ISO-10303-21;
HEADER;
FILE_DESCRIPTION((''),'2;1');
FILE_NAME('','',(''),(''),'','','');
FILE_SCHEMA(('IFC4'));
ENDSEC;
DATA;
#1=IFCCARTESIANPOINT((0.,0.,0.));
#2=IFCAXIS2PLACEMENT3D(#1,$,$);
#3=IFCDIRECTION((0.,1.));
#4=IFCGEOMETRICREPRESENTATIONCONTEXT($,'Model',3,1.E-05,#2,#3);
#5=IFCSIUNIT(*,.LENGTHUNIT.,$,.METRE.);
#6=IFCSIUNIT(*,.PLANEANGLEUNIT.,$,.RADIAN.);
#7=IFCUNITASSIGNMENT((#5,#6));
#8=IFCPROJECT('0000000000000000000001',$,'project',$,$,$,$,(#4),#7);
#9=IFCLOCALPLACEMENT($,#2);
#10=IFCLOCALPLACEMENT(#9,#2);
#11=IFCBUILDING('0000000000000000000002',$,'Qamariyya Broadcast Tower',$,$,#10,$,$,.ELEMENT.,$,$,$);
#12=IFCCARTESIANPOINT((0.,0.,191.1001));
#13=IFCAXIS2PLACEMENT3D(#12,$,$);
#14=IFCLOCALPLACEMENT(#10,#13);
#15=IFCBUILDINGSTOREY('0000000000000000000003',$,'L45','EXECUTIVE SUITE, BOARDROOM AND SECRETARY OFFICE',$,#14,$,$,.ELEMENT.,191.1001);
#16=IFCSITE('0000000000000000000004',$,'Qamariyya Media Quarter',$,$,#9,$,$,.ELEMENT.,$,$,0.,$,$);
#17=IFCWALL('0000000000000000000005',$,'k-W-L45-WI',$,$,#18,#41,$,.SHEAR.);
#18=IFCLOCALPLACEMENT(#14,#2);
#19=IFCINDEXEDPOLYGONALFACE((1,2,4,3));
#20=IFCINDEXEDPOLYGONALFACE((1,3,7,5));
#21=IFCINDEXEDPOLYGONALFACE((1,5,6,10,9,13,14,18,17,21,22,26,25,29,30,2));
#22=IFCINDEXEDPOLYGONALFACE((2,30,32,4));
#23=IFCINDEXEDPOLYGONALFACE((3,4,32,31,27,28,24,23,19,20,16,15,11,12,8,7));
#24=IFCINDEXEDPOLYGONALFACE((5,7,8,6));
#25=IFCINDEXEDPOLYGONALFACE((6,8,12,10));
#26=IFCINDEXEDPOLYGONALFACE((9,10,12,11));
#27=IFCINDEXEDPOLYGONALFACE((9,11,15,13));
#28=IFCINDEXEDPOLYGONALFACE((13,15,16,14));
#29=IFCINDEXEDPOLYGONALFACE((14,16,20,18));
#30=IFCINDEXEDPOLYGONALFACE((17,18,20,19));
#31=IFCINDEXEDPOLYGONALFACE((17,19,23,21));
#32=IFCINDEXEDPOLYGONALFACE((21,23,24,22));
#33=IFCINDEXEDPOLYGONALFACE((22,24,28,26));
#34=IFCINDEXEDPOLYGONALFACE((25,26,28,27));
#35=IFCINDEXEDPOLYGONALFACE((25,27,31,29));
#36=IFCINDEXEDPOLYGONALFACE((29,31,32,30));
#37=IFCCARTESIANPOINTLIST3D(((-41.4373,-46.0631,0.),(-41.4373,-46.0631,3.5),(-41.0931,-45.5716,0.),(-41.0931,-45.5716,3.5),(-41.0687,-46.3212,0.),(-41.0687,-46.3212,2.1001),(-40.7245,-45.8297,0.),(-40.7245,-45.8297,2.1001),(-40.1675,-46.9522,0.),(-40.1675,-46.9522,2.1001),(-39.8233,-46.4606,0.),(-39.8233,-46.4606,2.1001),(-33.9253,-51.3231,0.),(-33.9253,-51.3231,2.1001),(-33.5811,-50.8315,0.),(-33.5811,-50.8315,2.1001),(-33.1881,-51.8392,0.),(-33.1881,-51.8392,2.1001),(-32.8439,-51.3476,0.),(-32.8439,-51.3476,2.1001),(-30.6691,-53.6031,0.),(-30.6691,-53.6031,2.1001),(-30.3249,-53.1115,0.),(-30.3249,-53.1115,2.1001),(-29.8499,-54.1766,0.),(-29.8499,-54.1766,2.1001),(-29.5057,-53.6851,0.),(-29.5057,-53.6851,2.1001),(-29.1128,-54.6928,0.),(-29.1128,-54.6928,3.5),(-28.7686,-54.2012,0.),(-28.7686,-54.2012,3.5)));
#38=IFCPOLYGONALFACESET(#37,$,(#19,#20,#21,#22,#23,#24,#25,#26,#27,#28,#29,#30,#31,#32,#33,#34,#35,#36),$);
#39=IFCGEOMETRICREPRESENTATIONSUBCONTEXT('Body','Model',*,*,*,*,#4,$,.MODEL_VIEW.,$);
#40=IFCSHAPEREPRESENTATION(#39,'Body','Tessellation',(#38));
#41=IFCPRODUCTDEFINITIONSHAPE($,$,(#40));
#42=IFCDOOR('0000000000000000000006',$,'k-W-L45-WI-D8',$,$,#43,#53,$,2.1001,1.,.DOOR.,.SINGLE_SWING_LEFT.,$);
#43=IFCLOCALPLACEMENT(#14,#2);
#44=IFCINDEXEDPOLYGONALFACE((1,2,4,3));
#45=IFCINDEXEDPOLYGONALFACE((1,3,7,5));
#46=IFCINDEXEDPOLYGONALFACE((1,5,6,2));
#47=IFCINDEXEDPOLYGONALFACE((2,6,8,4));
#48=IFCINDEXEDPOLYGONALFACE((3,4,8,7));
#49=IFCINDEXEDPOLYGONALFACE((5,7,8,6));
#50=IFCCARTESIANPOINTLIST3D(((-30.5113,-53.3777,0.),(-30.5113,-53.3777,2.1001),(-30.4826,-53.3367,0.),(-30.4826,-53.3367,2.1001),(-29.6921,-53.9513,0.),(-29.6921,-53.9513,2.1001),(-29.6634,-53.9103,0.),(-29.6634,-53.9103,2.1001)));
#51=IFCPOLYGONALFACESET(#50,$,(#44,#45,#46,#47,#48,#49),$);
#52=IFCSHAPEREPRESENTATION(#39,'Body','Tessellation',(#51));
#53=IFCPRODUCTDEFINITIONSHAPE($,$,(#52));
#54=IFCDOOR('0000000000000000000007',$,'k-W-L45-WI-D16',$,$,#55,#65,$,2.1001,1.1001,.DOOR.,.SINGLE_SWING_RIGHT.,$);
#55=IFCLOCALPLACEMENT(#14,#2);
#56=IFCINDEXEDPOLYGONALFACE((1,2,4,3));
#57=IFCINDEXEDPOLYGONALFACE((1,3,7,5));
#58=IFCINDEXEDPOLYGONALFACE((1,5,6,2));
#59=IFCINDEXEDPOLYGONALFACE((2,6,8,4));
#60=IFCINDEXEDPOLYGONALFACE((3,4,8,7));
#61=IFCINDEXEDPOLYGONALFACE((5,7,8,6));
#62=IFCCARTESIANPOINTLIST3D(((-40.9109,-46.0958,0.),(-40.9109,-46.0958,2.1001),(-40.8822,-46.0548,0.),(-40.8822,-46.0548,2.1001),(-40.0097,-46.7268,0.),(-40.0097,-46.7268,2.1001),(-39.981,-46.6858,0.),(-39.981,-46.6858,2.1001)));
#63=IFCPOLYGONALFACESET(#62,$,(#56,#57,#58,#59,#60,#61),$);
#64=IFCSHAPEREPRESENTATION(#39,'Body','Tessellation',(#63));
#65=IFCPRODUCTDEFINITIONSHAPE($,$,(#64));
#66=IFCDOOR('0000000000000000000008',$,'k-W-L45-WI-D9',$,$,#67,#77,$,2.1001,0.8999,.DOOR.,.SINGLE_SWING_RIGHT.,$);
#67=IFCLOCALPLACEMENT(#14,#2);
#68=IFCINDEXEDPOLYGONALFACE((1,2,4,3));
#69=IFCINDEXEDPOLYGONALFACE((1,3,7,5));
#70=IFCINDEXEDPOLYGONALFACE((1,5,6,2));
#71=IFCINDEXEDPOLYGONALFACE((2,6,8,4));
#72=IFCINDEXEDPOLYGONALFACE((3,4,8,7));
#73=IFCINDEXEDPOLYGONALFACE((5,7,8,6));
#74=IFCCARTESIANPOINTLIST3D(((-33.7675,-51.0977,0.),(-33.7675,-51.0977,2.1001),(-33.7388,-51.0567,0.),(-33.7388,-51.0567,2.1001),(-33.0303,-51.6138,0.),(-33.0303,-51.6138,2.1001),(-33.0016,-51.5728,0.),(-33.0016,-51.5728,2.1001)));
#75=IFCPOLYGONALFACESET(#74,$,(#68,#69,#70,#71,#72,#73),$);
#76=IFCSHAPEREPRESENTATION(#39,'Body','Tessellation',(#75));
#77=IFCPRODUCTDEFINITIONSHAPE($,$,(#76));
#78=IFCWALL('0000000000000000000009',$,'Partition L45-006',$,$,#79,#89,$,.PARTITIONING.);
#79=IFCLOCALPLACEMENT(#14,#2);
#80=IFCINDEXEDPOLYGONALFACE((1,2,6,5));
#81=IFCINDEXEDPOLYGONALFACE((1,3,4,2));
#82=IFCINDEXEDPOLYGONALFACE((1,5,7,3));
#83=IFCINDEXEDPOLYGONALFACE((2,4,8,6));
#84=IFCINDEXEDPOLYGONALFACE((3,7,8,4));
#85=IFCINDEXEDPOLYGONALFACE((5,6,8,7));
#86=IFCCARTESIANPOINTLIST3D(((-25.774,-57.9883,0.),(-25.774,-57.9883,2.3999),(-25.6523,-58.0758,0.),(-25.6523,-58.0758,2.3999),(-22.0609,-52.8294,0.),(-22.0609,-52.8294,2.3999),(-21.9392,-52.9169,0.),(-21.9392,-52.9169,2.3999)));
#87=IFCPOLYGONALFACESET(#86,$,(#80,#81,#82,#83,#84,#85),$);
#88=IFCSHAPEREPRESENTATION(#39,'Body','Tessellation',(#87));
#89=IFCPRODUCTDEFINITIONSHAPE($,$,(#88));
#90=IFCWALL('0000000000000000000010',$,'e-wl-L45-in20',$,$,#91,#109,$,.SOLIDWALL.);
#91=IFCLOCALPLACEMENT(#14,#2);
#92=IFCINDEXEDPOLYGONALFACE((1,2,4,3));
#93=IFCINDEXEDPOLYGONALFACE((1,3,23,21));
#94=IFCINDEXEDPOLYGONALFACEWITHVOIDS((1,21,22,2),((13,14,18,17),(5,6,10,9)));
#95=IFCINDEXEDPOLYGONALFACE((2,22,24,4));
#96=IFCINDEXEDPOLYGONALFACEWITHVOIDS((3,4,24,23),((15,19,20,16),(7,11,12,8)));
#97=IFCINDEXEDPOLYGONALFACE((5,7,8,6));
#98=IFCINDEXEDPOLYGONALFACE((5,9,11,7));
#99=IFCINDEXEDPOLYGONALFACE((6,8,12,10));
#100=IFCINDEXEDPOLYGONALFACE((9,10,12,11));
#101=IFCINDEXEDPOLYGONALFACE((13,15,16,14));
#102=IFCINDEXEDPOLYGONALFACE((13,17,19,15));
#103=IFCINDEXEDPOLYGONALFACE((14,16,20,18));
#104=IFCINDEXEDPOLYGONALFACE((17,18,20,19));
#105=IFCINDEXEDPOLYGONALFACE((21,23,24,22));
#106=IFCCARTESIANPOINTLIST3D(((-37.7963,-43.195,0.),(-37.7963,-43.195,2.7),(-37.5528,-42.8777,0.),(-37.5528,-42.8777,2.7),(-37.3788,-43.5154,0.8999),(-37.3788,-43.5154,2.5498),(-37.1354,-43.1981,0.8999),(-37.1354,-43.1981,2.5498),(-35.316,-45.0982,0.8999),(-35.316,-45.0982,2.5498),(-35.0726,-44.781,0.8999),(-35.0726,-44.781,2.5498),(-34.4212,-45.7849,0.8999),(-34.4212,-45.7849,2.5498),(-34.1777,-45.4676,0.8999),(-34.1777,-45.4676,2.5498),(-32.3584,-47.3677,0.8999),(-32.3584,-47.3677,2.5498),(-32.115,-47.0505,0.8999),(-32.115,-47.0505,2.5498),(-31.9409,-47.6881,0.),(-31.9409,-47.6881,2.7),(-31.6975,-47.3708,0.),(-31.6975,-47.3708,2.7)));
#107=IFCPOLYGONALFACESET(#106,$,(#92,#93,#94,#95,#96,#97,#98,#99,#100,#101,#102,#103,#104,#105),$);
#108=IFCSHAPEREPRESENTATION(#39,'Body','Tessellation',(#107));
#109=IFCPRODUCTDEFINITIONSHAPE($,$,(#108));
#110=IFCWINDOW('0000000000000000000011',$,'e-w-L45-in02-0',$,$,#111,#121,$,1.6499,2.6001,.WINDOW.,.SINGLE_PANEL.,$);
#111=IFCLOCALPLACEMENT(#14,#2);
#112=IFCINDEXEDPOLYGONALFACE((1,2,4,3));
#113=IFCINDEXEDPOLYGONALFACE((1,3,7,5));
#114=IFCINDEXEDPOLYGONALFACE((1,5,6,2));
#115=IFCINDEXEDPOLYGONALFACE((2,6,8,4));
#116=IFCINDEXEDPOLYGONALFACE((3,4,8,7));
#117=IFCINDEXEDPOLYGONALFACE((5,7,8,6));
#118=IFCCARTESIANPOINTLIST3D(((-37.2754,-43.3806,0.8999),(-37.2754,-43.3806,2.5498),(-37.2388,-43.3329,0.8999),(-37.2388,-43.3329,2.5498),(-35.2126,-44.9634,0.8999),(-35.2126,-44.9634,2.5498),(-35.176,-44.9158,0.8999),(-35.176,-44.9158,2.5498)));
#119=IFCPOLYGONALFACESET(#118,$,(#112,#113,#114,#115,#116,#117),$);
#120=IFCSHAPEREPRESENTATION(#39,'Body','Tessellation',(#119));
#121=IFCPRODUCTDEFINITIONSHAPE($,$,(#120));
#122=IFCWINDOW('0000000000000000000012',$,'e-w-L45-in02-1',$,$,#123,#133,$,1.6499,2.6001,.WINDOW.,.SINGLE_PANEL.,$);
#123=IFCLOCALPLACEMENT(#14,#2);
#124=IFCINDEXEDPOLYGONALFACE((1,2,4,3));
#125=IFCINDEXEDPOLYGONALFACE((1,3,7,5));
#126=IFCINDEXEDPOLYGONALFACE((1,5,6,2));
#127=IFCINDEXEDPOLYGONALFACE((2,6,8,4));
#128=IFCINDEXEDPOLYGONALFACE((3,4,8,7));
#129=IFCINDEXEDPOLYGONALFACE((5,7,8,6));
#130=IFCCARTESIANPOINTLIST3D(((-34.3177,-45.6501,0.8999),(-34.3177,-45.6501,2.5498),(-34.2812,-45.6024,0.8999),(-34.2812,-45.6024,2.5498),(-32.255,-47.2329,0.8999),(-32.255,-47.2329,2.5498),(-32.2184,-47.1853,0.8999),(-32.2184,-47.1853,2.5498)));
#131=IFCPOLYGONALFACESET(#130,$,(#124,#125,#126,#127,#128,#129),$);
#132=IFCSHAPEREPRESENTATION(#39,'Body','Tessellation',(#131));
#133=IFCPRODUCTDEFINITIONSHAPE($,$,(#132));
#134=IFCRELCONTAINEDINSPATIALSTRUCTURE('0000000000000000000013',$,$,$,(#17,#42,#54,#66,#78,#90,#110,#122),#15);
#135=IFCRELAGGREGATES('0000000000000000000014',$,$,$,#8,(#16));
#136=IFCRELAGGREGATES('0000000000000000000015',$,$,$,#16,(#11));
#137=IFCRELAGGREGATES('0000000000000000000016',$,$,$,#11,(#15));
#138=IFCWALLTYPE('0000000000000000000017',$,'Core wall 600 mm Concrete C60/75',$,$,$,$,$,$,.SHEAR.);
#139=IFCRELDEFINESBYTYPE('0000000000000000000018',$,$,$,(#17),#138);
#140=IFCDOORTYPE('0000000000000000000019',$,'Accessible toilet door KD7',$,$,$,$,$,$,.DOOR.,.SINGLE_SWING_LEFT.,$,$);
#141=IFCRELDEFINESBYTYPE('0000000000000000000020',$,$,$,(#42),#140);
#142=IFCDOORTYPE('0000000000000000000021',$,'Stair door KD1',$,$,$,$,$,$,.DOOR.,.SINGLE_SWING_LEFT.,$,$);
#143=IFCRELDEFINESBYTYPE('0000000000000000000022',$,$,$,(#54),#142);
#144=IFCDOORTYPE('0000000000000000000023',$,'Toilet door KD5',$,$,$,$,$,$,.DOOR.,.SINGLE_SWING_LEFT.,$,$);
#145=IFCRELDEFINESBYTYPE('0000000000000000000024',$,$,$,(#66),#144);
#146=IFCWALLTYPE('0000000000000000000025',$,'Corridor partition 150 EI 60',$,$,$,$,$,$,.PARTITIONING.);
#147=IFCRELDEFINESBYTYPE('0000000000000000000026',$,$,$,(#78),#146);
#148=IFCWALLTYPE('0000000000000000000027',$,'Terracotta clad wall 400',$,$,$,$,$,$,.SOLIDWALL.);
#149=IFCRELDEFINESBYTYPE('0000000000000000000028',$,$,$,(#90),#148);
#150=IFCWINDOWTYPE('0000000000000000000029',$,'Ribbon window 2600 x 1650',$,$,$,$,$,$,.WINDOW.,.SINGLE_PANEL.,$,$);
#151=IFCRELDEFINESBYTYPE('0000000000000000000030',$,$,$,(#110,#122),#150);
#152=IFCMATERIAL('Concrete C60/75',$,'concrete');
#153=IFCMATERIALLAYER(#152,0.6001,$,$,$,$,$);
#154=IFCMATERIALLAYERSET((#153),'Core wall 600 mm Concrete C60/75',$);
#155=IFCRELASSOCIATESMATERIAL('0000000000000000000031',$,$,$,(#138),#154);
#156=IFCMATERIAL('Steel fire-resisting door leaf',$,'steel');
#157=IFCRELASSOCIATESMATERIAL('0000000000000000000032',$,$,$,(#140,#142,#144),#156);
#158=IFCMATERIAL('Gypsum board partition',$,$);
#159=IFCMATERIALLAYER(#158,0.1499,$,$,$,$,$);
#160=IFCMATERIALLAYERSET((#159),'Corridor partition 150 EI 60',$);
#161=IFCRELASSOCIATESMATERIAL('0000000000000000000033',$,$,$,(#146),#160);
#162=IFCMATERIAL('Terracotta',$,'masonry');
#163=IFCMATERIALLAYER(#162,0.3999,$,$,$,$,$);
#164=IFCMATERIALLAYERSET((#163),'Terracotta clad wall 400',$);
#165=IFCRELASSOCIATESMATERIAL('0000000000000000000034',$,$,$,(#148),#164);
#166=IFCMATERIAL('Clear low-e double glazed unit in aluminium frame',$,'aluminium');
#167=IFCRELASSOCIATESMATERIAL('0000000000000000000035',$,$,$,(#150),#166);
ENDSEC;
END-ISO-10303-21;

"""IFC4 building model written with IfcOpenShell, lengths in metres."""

from ifc_helpers import new_model, si_unit, direction, frame, frame_2d, origin, place, context, subcontext, project, spatial, rectangle, extrude, material, layer, layer_set, type_object, element, fill, save


model = new_model("IFC4")

# Units and contexts
model_context = context("Model", 3, precision=1e-05, world=origin(), true_north=direction((0.0, 1.0)))
body_context = subcontext(model_context, "Body", "Model", "MODEL_VIEW")
ifc_project = project(units=[si_unit("LENGTHUNIT", "METRE"), si_unit("PLANEANGLEUNIT", "RADIAN")], contexts=[model_context])

# Site, building, storey
site_placement = place(None, origin())
site = spatial("IfcSite", under=ifc_project, at=site_placement, Name="Qamariyya Media Quarter", CompositionType="ELEMENT", RefElevation=0.0)
building_placement = place(site_placement, origin())
building = spatial("IfcBuilding", under=site, at=building_placement, Name="Qamariyya Broadcast Tower", CompositionType="ELEMENT")
storey_placement = place(building_placement, frame((0.0, 0.0, 191.1001)))
storey = spatial("IfcBuildingStorey", under=building, at=storey_placement, Name="L45", Description="EXECUTIVE SUITE, BOARDROOM AND SECRETARY OFFICE", CompositionType="ELEMENT", Elevation=191.1001)

# Shared definitions
ifc_material_1 = material(Name="Concrete C60/75", Category="concrete")

# Wall, openings, doors
ifc_layer_1 = layer(ifc_material_1, 0.6001)
ifc_layer_set_1 = layer_set([ifc_layer_1], Name="Core wall 600 mm Concrete C60/75")
wall_type_1 = type_object("IfcWallType", Name="Core wall 600 mm Concrete C60/75", PredefinedType="SHEAR", material=ifc_layer_set_1)
wall_1_placement = place(storey_placement, frame((-28.9407, -54.447, 0.0), z_axis=(0.0, 0.0, 1.0), x_axis=(-0.819153, 0.573575, 0.0)))
wall_1 = element("IfcWall", 1, at=wall_1_placement, inside=storey, type_object=wall_type_1, Name="k-W-L45-WI", PredefinedType="SHEAR", context=body_context, shape_type="SweptSolid", body=[
    extrude(rectangle(XDim=15.0454, YDim=0.6001, at=frame_2d((7.5227, 0.0))), origin(), (0.0, 0.0, 1.0), 3.5),
])
opening_1_placement = place(wall_1_placement, frame((0.8999, 0.0, 0.0)))
opening_1 = element("IfcOpeningElement", 2, at=opening_1_placement, cuts=wall_1, PredefinedType="OPENING", context=body_context, shape_type="SweptSolid", body=[
    extrude(rectangle(XDim=1.0, YDim=2.1001, at=frame_2d((0.5, 1.05))), frame((0.0, 0.3101, 0.0), z_axis=(0.0, -1.0, 0.0), x_axis=(1.0, 0.0, 0.0)), (0.0, 0.0, 1.0), 0.6201),
])
opening_2_placement = place(wall_1_placement, frame((4.9751, 0.0, 0.0)))
opening_2 = element("IfcOpeningElement", 3, at=opening_2_placement, cuts=wall_1, PredefinedType="OPENING", context=body_context, shape_type="SweptSolid", body=[
    extrude(rectangle(XDim=0.8999, YDim=2.1001, at=frame_2d((0.45, 1.05))), frame((0.0, 0.3101, 0.0), z_axis=(0.0, -1.0, 0.0), x_axis=(1.0, 0.0, 0.0)), (0.0, 0.0, 1.0), 0.6201),
])
opening_3_placement = place(wall_1_placement, frame((13.4954, 0.0, 0.0)))
opening_3 = element("IfcOpeningElement", 4, at=opening_3_placement, cuts=wall_1, PredefinedType="OPENING", context=body_context, shape_type="SweptSolid", body=[
    extrude(rectangle(XDim=1.1001, YDim=2.1001, at=frame_2d((0.55, 1.05))), frame((0.0, 0.3101, 0.0), z_axis=(0.0, -1.0, 0.0), x_axis=(1.0, 0.0, 0.0)), (0.0, 0.0, 1.0), 0.6201),
])
ifc_material_2 = material(Name="Steel fire-resisting door leaf", Category="steel")
door_type_1 = type_object("IfcDoorType", Name="Accessible toilet door KD7", OperationType="SINGLE_SWING_LEFT", PredefinedType="DOOR", material=ifc_material_2)
door_1_placement = place(opening_1_placement, origin())
door_1 = element("IfcDoor", 5, at=door_1_placement, inside=storey, type_object=door_type_1, Name="k-W-L45-WI-D8", OperationType="SINGLE_SWING_LEFT", OverallHeight=2.1001, OverallWidth=1.0, PredefinedType="DOOR", context=body_context, shape_type="SweptSolid", body=[
    extrude(rectangle(XDim=1.0, YDim=2.1001, at=frame_2d((0.5, 1.05))), frame((0.0, 0.0249, 0.0), z_axis=(0.0, -1.0, 0.0), x_axis=(1.0, 0.0, 0.0)), (0.0, 0.0, 1.0), 0.05),
])
fill(opening_1, door_1)
door_type_2 = type_object("IfcDoorType", Name="Stair door KD1", OperationType="SINGLE_SWING_LEFT", PredefinedType="DOOR", material=ifc_material_2)
door_2_placement = place(opening_3_placement, origin())
door_2 = element("IfcDoor", 6, at=door_2_placement, inside=storey, type_object=door_type_2, Name="k-W-L45-WI-D16", OperationType="SINGLE_SWING_RIGHT", OverallHeight=2.1001, OverallWidth=1.1001, PredefinedType="DOOR", context=body_context, shape_type="SweptSolid", body=[
    extrude(rectangle(XDim=1.1001, YDim=2.1001, at=frame_2d((0.55, 1.05))), frame((0.0, 0.0249, 0.0), z_axis=(0.0, -1.0, 0.0), x_axis=(1.0, 0.0, 0.0)), (0.0, 0.0, 1.0), 0.05),
])
fill(opening_3, door_2)
door_type_3 = type_object("IfcDoorType", Name="Toilet door KD5", OperationType="SINGLE_SWING_LEFT", PredefinedType="DOOR", material=ifc_material_2)
door_3_placement = place(opening_2_placement, origin())
door_3 = element("IfcDoor", 7, at=door_3_placement, inside=storey, type_object=door_type_3, Name="k-W-L45-WI-D9", OperationType="SINGLE_SWING_RIGHT", OverallHeight=2.1001, OverallWidth=0.8999, PredefinedType="DOOR", context=body_context, shape_type="SweptSolid", body=[
    extrude(rectangle(XDim=0.8999, YDim=2.1001, at=frame_2d((0.45, 1.05))), frame((0.0, 0.0249, 0.0), z_axis=(0.0, -1.0, 0.0), x_axis=(1.0, 0.0, 0.0)), (0.0, 0.0, 1.0), 0.05),
])
fill(opening_2, door_3)

# Wall
ifc_material_3 = material(Name="Gypsum board partition")
ifc_layer_2 = layer(ifc_material_3, 0.1499)
ifc_layer_set_2 = layer_set([ifc_layer_2], Name="Corridor partition 150 EI 60")
wall_type_2 = type_object("IfcWallType", Name="Corridor partition 150 EI 60", PredefinedType="PARTITIONING", material=ifc_layer_set_2)
wall_2_placement = place(storey_placement, frame((-22.0, -52.873, 0.0), z_axis=(0.0, 0.0, 1.0), x_axis=(-0.58417, -0.811631, 0.0)))
element("IfcWall", 8, at=wall_2_placement, inside=storey, type_object=wall_type_2, Name="Partition L45-006", PredefinedType="PARTITIONING", context=body_context, shape_type="SweptSolid", body=[
    extrude(rectangle(XDim=6.3562, YDim=0.1499, at=frame_2d((3.1782, 0.0))), origin(), (0.0, 0.0, 1.0), 2.3999),
])

# Wall, openings, windows
ifc_material_4 = material(Name="Terracotta", Category="masonry")
ifc_layer_3 = layer(ifc_material_4, 0.3999)
ifc_layer_set_3 = layer_set([ifc_layer_3], Name="Terracotta clad wall 400")
wall_type_3 = type_object("IfcWallType", Name="Terracotta clad wall 400", PredefinedType="SOLIDWALL", material=ifc_layer_set_3)
wall_3_placement = place(storey_placement, frame((-31.8191, -47.5295, 0.0), z_axis=(0.0, 0.0, 1.0), x_axis=(-0.793346, 0.60877, 0.0)))
wall_3 = element("IfcWall", 9, at=wall_3_placement, inside=storey, type_object=wall_type_3, Name="e-wl-L45-in20", PredefinedType="SOLIDWALL", context=body_context, shape_type="SweptSolid", body=[
    extrude(rectangle(XDim=7.3806, YDim=0.3999, at=frame_2d((3.6904, 0.0))), origin(), (0.0, 0.0, 1.0), 2.7),
])
opening_4_placement = place(wall_3_placement, frame((4.2544, 0.0, 0.8999)))
opening_4 = element("IfcOpeningElement", 10, at=opening_4_placement, cuts=wall_3, PredefinedType="OPENING", context=body_context, shape_type="SweptSolid", body=[
    extrude(rectangle(XDim=2.6001, YDim=1.6499, at=frame_2d((1.3, 0.825))), frame((0.0, 0.21, 0.0), z_axis=(0.0, -1.0, 0.0), x_axis=(1.0, 0.0, 0.0)), (0.0, 0.0, 1.0), 0.4199),
])
opening_5_placement = place(wall_3_placement, frame((0.5264, 0.0, 0.8999)))
opening_5 = element("IfcOpeningElement", 11, at=opening_5_placement, cuts=wall_3, PredefinedType="OPENING", context=body_context, shape_type="SweptSolid", body=[
    extrude(rectangle(XDim=2.6001, YDim=1.6499, at=frame_2d((1.3, 0.825))), frame((0.0, 0.21, 0.0), z_axis=(0.0, -1.0, 0.0), x_axis=(1.0, 0.0, 0.0)), (0.0, 0.0, 1.0), 0.4199),
])
ifc_material_5 = material(Name="Clear low-e double glazed unit in aluminium frame", Category="aluminium")
window_type = type_object("IfcWindowType", Name="Ribbon window 2600 x 1650", PartitioningType="SINGLE_PANEL", PredefinedType="WINDOW", material=ifc_material_5)
window_1_placement = place(opening_4_placement, origin())
window_1 = element("IfcWindow", 12, at=window_1_placement, inside=storey, type_object=window_type, Name="e-w-L45-in02-0", OverallHeight=1.6499, OverallWidth=2.6001, PartitioningType="SINGLE_PANEL", PredefinedType="WINDOW", context=body_context, shape_type="SweptSolid", body=[
    extrude(rectangle(XDim=2.6001, YDim=1.6499, at=frame_2d((1.3, 0.825))), frame((0.0, 0.03, 0.0), z_axis=(0.0, -1.0, 0.0), x_axis=(1.0, 0.0, 0.0)), (0.0, 0.0, 1.0), 0.0601),
])
fill(opening_4, window_1)
window_2_placement = place(opening_5_placement, origin())
window_2 = element("IfcWindow", 13, at=window_2_placement, inside=storey, type_object=window_type, Name="e-w-L45-in02-1", OverallHeight=1.6499, OverallWidth=2.6001, PartitioningType="SINGLE_PANEL", PredefinedType="WINDOW", context=body_context, shape_type="SweptSolid", body=[
    extrude(rectangle(XDim=2.6001, YDim=1.6499, at=frame_2d((1.3, 0.825))), frame((0.0, 0.03, 0.0), z_axis=(0.0, -1.0, 0.0), x_axis=(1.0, 0.0, 0.0)), (0.0, 0.0, 1.0), 0.0601),
])
fill(opening_5, window_2)

save(model, "model.ifc")
